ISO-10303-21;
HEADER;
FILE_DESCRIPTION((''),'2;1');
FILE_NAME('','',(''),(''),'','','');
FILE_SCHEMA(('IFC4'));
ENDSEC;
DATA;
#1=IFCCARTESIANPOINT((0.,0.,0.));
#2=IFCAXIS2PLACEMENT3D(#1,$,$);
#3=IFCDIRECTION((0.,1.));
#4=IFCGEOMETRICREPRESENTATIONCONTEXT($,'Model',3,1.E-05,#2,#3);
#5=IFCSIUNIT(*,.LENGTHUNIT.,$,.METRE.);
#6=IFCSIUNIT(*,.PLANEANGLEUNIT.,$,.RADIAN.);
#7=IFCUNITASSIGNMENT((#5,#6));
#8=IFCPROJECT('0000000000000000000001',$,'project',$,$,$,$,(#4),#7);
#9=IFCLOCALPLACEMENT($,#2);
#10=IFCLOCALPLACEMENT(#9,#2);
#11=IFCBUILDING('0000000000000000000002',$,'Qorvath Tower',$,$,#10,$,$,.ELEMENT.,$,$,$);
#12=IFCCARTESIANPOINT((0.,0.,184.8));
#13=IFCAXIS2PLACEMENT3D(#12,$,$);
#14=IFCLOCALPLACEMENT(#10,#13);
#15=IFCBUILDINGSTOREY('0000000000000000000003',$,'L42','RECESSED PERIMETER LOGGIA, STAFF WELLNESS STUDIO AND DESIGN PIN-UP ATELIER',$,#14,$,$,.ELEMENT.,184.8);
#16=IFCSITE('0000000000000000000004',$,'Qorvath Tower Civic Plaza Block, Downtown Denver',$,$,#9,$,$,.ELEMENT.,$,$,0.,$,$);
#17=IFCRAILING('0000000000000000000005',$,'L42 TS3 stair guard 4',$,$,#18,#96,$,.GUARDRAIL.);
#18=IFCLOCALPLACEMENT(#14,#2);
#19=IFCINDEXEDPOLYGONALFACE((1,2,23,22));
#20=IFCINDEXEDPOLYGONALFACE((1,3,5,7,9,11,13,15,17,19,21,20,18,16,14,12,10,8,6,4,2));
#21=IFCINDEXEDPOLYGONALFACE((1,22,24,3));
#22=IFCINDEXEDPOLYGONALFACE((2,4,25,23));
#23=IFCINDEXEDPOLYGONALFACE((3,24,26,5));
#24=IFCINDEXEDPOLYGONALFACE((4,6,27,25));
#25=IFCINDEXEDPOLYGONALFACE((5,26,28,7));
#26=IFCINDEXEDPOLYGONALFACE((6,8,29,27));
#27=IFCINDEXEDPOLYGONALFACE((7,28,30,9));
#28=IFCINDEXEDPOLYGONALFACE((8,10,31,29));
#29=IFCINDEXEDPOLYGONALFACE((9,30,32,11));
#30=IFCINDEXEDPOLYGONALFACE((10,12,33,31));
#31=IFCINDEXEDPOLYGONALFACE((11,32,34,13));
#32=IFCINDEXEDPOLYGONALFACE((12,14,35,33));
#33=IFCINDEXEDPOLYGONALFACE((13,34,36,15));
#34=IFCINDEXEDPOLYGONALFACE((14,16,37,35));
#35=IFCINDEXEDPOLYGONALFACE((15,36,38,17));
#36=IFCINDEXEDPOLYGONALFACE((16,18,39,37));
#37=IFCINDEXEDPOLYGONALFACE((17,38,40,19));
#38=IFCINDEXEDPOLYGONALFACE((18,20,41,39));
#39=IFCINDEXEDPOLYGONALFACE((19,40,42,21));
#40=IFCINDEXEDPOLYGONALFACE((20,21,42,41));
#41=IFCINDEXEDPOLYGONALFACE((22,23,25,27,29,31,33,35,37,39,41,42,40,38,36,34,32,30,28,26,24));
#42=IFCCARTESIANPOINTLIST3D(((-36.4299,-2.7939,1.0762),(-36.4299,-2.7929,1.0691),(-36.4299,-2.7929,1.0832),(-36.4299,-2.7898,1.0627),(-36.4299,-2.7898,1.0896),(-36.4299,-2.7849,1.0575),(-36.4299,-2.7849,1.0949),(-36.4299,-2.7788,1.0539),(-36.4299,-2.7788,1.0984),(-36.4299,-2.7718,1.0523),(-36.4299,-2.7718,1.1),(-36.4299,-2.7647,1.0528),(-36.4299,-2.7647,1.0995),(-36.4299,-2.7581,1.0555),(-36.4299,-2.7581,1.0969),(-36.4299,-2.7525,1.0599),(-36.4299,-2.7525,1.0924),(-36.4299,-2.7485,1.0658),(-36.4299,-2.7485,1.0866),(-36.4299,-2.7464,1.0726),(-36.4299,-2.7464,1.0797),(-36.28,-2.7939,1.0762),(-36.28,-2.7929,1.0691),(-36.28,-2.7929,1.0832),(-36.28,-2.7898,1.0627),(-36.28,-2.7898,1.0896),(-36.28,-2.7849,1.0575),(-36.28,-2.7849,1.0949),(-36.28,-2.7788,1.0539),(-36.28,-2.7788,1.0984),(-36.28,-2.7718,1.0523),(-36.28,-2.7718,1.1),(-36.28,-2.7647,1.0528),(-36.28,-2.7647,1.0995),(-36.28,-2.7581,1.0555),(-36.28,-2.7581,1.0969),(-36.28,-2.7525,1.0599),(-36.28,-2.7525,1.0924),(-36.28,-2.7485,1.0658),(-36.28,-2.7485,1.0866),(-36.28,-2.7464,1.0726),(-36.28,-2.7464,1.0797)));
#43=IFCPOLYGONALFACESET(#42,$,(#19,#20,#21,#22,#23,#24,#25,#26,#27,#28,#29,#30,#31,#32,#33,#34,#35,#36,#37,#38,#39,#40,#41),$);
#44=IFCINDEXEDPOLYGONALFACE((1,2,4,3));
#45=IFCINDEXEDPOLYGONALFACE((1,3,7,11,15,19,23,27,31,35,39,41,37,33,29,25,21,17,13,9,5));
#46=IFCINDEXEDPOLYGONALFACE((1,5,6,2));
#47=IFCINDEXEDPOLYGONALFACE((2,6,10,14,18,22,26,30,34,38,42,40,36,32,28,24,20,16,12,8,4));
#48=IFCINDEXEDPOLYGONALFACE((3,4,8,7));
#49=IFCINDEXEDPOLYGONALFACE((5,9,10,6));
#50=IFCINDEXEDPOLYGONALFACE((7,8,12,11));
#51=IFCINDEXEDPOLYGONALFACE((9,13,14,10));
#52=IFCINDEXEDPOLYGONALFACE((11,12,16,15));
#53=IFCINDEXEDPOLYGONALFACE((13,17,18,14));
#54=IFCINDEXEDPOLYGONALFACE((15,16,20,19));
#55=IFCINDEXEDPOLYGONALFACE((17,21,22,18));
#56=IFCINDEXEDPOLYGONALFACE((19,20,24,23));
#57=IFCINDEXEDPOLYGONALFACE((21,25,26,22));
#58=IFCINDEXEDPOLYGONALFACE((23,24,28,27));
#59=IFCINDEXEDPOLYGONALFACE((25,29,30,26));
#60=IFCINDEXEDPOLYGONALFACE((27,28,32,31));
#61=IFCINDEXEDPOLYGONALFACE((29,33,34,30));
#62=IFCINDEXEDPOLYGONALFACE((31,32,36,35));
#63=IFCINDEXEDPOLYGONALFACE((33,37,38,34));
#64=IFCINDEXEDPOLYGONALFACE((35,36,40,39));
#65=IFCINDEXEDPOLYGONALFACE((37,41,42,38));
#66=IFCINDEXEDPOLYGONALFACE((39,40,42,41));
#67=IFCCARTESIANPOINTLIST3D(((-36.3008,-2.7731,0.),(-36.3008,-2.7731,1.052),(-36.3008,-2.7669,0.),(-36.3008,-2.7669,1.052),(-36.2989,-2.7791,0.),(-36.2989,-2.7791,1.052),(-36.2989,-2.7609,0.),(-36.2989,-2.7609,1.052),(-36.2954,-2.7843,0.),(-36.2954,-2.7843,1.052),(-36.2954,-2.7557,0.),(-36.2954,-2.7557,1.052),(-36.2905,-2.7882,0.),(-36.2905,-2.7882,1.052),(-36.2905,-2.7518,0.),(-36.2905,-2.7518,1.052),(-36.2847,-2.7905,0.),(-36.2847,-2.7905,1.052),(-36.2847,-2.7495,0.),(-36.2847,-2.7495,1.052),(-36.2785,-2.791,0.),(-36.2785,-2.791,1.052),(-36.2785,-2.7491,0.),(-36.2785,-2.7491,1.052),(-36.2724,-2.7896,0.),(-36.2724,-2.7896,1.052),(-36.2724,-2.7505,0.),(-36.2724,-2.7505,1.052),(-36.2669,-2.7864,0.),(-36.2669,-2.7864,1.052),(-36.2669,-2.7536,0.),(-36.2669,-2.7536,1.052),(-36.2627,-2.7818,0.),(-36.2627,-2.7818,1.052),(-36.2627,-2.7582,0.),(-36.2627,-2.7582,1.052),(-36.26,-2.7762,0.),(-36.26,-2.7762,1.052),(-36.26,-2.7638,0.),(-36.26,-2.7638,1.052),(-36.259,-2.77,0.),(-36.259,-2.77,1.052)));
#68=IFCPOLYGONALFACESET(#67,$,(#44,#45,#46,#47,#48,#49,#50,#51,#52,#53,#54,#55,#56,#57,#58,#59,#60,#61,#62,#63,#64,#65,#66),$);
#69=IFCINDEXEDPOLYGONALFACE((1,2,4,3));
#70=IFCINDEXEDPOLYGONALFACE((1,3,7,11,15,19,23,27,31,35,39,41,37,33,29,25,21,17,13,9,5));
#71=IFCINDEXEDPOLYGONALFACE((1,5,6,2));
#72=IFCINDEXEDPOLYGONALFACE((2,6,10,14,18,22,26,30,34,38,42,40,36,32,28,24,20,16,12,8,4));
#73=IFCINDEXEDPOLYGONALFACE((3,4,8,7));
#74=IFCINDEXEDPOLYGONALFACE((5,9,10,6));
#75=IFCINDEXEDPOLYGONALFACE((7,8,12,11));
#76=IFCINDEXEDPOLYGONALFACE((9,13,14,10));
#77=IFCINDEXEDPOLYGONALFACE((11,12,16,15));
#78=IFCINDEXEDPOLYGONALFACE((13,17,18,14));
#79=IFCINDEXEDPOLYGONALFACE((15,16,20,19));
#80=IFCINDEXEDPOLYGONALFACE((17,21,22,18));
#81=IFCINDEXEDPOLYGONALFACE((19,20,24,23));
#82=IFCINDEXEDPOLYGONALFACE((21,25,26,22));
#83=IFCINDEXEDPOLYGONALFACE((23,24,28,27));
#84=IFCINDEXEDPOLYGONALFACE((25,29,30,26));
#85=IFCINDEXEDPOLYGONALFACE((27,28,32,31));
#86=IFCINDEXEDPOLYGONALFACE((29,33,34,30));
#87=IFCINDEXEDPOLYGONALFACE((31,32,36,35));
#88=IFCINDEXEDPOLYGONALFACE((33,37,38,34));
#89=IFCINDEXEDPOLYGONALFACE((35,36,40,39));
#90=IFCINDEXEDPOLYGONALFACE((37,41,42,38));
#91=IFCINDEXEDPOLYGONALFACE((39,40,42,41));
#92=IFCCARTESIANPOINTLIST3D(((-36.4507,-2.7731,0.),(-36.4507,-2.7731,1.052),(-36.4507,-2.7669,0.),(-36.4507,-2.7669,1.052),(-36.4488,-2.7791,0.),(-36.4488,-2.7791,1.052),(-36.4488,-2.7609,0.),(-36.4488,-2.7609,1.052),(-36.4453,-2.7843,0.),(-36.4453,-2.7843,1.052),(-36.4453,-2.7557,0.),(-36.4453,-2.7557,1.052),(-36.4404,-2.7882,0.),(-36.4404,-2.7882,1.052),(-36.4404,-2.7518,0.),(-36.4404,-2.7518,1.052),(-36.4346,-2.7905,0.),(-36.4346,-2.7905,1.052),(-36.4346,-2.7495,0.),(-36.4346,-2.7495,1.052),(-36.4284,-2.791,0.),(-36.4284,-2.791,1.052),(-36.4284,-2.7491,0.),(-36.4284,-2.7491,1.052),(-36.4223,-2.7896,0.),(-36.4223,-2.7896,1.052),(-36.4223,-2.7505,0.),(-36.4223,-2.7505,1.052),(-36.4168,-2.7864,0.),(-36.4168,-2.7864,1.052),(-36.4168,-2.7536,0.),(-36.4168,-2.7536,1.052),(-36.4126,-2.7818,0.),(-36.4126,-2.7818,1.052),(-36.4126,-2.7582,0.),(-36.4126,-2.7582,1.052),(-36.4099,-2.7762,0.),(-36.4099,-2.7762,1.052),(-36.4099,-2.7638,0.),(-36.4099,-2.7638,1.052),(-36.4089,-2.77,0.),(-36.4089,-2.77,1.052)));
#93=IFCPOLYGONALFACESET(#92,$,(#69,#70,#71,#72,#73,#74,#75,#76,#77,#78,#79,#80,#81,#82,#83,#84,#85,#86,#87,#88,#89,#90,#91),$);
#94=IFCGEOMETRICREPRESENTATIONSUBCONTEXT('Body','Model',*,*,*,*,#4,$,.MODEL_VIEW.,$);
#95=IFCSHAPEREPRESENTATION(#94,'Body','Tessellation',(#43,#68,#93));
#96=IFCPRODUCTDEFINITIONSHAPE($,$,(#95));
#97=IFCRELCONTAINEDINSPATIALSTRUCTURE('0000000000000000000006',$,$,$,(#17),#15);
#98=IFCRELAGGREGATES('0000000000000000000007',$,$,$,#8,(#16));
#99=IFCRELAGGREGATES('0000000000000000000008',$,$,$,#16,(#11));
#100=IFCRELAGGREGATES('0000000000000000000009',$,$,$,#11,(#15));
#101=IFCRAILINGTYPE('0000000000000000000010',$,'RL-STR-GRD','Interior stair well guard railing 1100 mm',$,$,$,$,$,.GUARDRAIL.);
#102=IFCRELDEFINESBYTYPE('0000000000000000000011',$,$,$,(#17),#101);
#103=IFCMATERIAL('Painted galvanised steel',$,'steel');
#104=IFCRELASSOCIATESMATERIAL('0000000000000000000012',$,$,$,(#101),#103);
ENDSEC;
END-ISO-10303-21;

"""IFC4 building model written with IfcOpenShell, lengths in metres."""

from ifc_helpers import new_model, si_unit, direction, frame, origin, origin_2d, place, context, subcontext, project, spatial, circle, extrude, material, type_object, element, save


model = new_model("IFC4")

# Units and contexts
model_context = context("Model", 3, precision=1e-05, world=origin(), true_north=direction((0.0, 1.0)))
body_context = subcontext(model_context, "Body", "Model", "MODEL_VIEW")
ifc_project = project(units=[si_unit("LENGTHUNIT", "METRE"), si_unit("PLANEANGLEUNIT", "RADIAN")], contexts=[model_context])

# Site, building, storey
site_placement = place(None, origin())
site = spatial("IfcSite", under=ifc_project, at=site_placement, Name="Qorvath Tower Civic Plaza Block, Downtown Denver", CompositionType="ELEMENT", RefElevation=0.0)
building_placement = place(site_placement, origin())
building = spatial("IfcBuilding", under=site, at=building_placement, Name="Qorvath Tower", CompositionType="ELEMENT")
storey_placement = place(building_placement, frame((0.0, 0.0, 184.8)))
storey = spatial("IfcBuildingStorey", under=building, at=storey_placement, Name="L42", Description="RECESSED PERIMETER LOGGIA, STAFF WELLNESS STUDIO AND DESIGN PIN-UP ATELIER", CompositionType="ELEMENT", Elevation=184.8)

# Railing
ifc_material_1 = material(Name="Painted galvanised steel", Category="steel")
railing_type_1 = type_object("IfcRailingType", Name="RL-STR-GRD", Description="Interior stair well guard railing 1100 mm", PredefinedType="GUARDRAIL", material=ifc_material_1)
railing_1_placement = place(storey_placement, frame((-36.28, -2.77, 0.0)))
element("IfcRailing", 1, at=railing_1_placement, inside=storey, type_object=railing_type_1, Name="L42 TS3 stair guard 4", PredefinedType="GUARDRAIL", context=body_context, shape_type="SweptSolid", body=[
    extrude(circle(Radius=0.0239, at=origin_2d()), frame((0.0, 0.0, 1.0762), z_axis=(-1.0, 0.0, 0.0), x_axis=(0.0, -1.0, 0.0)), (0.0, 0.0, 1.0), 0.1499),
    extrude(circle(Radius=0.021, at=origin_2d()), origin(), (0.0, 0.0, 1.0), 1.052),
    extrude(circle(Radius=0.021, at=origin_2d()), frame((-0.1499, 0.0, 0.0)), (0.0, 0.0, 1.0), 1.052),
])

save(model, "model.ifc")
